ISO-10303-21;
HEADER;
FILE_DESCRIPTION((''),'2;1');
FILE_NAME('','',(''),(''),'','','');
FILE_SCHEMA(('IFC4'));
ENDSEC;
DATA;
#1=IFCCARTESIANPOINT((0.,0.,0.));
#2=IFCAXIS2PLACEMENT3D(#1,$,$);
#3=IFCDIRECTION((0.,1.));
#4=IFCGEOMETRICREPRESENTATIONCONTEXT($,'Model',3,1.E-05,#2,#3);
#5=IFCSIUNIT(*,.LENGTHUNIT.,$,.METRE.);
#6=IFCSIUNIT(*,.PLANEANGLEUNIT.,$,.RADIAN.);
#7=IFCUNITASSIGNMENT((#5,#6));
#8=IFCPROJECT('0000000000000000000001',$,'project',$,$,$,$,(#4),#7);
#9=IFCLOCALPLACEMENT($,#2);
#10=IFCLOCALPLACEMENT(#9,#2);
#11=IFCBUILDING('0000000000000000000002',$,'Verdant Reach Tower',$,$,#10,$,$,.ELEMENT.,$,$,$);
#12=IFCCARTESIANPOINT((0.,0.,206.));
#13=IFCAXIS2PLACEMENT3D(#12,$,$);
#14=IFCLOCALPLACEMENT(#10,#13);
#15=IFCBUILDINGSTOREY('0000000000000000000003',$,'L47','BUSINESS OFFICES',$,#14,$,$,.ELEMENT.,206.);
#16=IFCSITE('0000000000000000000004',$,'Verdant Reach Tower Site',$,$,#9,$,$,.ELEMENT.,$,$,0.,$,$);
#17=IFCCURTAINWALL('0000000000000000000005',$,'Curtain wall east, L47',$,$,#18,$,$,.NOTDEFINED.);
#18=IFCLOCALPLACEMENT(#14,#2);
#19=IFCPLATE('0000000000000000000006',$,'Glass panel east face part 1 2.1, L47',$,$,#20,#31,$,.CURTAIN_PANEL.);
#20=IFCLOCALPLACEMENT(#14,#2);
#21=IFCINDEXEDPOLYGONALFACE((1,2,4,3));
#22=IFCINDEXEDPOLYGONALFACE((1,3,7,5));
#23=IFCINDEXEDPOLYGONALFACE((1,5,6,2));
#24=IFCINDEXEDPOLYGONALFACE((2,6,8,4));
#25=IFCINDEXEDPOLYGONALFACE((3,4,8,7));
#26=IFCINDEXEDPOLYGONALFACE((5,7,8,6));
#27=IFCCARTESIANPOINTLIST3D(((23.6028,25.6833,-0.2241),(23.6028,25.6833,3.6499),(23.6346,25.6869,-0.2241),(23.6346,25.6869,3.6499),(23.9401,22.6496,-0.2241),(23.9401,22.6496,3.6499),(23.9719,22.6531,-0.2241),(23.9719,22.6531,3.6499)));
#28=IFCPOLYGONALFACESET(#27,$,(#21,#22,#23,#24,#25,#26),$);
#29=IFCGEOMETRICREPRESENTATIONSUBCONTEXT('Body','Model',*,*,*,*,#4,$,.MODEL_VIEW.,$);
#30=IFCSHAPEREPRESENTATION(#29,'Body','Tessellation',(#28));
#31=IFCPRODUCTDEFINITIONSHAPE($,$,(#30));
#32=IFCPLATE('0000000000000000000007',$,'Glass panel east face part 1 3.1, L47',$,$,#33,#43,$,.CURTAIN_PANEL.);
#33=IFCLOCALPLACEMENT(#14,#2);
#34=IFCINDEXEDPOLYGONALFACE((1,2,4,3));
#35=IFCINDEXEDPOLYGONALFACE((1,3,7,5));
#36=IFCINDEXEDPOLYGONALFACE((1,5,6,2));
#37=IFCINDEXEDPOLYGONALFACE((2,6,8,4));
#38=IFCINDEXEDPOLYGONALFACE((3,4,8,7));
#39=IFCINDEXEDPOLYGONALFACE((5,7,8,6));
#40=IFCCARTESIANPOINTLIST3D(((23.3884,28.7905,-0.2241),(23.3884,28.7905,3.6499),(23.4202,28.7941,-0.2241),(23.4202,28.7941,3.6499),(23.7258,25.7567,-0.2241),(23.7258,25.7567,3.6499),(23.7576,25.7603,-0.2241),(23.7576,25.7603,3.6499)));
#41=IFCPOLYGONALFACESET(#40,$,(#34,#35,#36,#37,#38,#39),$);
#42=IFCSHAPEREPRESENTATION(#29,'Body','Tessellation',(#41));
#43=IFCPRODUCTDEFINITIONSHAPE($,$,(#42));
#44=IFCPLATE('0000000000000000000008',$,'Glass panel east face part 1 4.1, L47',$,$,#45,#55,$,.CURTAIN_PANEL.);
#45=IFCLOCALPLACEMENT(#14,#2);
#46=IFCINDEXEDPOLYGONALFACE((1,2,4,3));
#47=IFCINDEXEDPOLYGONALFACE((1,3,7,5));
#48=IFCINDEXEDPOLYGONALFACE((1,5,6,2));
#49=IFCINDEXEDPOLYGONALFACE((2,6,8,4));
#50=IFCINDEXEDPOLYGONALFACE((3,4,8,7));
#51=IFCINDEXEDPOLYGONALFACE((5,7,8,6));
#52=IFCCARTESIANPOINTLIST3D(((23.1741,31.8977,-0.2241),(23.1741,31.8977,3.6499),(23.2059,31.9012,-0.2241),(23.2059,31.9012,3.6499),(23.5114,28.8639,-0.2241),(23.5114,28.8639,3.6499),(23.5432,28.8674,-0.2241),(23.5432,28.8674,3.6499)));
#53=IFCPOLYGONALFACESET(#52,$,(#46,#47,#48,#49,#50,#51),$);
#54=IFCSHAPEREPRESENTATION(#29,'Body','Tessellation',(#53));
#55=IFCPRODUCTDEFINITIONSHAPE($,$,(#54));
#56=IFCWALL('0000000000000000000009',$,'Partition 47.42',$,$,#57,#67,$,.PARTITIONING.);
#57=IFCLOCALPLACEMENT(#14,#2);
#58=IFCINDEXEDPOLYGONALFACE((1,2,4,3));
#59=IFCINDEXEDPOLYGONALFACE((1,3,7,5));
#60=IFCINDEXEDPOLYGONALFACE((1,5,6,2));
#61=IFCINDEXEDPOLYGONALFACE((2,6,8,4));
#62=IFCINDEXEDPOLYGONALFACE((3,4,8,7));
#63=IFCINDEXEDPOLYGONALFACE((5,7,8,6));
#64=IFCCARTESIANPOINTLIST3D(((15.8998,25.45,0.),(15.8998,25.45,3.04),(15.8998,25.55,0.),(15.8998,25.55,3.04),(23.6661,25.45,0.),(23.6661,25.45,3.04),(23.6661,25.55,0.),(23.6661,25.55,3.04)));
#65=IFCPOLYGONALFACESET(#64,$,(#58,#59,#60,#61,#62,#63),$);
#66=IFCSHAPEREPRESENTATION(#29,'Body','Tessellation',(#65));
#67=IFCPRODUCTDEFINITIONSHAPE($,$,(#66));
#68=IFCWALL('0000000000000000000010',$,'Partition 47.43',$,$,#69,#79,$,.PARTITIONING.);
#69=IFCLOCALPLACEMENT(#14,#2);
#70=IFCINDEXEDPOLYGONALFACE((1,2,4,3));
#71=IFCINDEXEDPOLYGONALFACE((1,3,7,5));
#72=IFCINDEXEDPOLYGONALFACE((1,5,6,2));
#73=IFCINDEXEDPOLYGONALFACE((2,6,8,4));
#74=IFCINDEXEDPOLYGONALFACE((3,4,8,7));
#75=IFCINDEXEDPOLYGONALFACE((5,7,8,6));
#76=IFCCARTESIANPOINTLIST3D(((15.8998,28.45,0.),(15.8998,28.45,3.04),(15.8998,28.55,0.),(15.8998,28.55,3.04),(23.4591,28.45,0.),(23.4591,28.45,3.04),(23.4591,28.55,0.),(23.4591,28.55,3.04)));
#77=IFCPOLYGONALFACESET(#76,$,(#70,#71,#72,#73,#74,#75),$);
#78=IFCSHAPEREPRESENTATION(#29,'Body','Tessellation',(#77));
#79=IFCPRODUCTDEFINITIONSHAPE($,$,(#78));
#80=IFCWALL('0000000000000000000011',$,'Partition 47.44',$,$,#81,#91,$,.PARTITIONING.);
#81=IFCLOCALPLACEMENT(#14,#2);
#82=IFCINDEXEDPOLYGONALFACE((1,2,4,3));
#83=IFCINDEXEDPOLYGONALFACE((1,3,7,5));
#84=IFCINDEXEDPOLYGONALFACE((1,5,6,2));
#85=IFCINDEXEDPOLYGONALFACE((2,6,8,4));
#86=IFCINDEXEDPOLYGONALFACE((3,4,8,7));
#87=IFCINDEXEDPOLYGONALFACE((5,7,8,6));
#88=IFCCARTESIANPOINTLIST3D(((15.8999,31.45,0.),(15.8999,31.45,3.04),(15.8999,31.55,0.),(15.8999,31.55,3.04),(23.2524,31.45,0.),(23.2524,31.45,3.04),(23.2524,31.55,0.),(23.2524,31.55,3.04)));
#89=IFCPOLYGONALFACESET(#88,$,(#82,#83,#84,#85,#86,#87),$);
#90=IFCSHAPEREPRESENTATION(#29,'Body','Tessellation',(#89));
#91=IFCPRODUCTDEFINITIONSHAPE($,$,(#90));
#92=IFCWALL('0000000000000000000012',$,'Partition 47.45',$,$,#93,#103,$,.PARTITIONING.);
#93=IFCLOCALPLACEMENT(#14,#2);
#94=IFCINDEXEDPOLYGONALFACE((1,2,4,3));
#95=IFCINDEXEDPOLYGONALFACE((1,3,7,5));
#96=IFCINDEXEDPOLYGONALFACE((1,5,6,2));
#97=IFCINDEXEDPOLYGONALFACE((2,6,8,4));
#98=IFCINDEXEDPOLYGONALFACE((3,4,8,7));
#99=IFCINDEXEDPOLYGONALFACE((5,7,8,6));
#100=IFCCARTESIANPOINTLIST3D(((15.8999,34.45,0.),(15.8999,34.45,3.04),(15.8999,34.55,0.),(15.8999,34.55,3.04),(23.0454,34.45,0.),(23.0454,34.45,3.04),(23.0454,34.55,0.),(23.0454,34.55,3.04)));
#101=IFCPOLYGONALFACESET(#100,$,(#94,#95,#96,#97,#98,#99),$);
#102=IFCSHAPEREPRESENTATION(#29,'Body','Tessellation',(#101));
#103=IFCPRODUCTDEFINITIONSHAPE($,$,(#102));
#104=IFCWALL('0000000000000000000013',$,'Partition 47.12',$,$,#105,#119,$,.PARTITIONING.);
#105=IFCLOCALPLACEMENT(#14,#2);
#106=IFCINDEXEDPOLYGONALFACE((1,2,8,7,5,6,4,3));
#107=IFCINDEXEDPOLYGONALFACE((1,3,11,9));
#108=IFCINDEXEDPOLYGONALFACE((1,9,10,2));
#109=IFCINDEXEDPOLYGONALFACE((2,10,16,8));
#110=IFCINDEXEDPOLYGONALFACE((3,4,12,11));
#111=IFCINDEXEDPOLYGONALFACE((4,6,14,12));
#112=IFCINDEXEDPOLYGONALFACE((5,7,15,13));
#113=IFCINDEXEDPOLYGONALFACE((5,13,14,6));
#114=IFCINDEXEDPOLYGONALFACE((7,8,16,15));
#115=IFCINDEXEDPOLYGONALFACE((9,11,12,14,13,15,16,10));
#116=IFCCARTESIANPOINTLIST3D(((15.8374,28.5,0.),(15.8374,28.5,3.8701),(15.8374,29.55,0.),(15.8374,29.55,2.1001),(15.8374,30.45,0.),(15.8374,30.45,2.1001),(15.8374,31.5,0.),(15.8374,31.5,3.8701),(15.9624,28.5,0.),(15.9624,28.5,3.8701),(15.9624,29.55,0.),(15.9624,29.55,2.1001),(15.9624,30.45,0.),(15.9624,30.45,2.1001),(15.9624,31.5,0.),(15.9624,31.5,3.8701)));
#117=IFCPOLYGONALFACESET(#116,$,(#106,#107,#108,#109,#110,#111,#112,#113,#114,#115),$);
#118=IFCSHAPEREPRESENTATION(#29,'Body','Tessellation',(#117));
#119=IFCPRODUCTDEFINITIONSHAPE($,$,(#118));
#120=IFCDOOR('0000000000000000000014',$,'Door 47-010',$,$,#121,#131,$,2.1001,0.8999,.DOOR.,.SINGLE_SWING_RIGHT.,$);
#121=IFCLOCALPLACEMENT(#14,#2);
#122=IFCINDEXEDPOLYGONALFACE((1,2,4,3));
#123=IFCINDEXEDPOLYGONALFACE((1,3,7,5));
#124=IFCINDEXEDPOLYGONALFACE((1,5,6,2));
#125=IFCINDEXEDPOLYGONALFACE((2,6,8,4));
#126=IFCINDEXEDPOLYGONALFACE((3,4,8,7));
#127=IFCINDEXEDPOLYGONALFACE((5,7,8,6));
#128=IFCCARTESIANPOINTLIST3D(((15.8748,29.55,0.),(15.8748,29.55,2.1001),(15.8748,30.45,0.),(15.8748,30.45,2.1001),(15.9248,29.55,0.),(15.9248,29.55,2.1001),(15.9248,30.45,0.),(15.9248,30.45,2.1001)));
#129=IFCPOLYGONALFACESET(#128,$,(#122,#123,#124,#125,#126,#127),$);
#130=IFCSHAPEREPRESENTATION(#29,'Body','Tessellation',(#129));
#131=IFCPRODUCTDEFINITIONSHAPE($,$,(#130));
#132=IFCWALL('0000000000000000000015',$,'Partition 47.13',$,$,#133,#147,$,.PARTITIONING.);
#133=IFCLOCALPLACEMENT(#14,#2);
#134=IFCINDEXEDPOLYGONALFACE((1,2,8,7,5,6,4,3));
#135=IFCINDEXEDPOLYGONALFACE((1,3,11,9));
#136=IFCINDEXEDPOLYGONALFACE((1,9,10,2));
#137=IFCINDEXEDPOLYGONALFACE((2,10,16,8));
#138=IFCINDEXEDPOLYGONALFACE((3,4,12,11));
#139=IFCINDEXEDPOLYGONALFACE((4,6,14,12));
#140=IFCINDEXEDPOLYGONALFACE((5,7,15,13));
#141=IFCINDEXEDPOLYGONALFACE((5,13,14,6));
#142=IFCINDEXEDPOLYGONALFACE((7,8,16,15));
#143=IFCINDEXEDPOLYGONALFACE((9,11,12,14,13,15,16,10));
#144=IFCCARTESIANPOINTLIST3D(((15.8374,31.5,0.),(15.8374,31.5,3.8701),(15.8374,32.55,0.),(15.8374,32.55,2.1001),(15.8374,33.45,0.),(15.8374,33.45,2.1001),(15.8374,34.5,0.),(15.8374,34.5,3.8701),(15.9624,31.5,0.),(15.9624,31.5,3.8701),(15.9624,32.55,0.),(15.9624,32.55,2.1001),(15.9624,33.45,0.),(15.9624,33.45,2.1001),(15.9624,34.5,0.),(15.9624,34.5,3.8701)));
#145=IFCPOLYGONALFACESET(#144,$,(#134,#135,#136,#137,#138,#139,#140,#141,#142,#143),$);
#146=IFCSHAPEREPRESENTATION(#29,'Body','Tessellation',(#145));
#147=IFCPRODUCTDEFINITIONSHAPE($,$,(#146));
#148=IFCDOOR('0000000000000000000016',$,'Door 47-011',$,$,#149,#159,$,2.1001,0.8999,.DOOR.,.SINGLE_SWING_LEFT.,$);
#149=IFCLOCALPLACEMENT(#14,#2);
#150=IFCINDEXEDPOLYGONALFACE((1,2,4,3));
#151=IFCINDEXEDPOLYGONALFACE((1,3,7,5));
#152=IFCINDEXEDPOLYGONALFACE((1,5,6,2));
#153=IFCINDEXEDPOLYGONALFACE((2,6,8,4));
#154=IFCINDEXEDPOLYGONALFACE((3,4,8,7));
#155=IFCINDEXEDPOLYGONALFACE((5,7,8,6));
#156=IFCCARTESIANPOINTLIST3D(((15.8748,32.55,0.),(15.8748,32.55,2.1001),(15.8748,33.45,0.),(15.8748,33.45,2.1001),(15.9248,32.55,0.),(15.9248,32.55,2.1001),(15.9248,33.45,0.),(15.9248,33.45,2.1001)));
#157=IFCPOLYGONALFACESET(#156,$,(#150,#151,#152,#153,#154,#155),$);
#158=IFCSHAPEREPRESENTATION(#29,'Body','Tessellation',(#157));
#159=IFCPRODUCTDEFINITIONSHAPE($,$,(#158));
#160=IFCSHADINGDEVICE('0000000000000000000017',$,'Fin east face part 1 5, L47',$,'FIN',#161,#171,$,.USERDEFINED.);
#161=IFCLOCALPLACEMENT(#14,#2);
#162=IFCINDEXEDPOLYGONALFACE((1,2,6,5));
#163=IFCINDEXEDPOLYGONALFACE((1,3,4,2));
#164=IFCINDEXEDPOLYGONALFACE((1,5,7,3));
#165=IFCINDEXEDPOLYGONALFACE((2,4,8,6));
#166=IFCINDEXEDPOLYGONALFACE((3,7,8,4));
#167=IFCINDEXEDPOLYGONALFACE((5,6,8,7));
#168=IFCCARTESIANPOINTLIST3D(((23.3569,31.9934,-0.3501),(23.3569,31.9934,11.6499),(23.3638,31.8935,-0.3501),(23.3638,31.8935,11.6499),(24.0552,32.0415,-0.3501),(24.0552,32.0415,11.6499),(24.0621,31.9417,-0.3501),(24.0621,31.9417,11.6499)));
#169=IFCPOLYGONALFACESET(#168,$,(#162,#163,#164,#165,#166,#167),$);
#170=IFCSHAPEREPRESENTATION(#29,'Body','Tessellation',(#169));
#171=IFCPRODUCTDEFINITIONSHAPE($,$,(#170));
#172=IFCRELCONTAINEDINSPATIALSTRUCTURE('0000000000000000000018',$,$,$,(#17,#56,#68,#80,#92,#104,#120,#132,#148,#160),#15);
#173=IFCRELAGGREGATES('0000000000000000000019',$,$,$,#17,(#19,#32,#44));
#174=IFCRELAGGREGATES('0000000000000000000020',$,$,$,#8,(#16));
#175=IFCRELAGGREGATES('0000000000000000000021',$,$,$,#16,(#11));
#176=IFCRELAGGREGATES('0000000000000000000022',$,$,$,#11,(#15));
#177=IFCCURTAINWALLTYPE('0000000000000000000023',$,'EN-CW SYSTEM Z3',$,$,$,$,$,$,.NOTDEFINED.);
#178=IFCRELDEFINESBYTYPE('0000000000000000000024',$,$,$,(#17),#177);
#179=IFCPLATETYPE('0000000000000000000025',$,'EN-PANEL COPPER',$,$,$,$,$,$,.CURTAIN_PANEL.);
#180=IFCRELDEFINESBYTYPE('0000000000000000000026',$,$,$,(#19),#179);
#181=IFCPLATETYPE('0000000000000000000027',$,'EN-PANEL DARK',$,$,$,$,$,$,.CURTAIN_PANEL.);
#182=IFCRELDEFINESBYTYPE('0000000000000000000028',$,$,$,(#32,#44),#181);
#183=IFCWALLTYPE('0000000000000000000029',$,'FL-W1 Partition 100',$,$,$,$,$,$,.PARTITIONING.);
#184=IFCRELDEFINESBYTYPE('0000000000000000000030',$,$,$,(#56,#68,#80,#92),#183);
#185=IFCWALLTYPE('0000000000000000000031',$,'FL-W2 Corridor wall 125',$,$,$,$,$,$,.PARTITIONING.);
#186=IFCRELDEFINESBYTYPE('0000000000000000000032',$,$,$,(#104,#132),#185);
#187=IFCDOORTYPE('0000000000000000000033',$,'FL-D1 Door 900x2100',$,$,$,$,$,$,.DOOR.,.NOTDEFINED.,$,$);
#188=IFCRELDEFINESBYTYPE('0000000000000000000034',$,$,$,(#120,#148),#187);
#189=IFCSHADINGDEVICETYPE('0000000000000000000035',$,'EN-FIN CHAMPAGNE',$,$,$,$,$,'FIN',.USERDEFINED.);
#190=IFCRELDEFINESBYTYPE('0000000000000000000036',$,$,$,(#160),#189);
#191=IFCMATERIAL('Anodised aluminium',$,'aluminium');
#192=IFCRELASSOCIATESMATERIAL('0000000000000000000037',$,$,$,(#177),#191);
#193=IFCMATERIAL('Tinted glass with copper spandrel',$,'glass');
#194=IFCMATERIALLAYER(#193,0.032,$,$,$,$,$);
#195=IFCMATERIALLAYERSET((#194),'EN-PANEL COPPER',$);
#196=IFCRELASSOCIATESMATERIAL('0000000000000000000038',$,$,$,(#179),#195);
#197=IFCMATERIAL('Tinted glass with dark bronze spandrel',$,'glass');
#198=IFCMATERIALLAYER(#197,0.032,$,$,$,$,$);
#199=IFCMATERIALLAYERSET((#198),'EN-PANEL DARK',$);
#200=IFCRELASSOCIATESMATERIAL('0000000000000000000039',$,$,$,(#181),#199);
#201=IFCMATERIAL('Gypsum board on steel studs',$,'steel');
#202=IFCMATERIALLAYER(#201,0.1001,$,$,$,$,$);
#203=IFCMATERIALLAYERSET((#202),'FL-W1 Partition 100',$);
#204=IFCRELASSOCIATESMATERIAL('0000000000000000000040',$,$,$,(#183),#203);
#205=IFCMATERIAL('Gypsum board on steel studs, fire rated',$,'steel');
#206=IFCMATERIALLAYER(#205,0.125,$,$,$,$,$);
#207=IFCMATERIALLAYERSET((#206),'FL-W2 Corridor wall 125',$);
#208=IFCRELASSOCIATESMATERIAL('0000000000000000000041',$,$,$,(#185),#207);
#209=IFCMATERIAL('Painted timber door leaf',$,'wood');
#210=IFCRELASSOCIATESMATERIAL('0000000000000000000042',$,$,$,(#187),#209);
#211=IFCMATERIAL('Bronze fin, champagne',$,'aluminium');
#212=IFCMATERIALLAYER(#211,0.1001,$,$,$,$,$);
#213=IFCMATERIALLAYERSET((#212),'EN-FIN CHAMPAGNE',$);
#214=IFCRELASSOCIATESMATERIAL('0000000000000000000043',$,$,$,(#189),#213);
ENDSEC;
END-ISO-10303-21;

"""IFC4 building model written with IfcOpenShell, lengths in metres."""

from ifc_helpers import new_model, si_unit, direction, frame, frame_2d, origin, origin_2d, place, context, subcontext, project, spatial, rectangle, extrude, material, layer, layer_set, type_object, element, fill, aggregate, save


model = new_model("IFC4")

# Units and contexts
model_context = context("Model", 3, precision=1e-05, world=origin(), true_north=direction((0.0, 1.0)))
body_context = subcontext(model_context, "Body", "Model", "MODEL_VIEW")
ifc_project = project(units=[si_unit("LENGTHUNIT", "METRE"), si_unit("PLANEANGLEUNIT", "RADIAN")], contexts=[model_context])

# Site, building, storey
site_placement = place(None, origin())
site = spatial("IfcSite", under=ifc_project, at=site_placement, Name="Verdant Reach Tower Site", CompositionType="ELEMENT", RefElevation=0.0)
building_placement = place(site_placement, origin())
building = spatial("IfcBuilding", under=site, at=building_placement, Name="Verdant Reach Tower", CompositionType="ELEMENT")
storey_placement = place(building_placement, frame((0.0, 0.0, 206.0)))
storey = spatial("IfcBuildingStorey", under=building, at=storey_placement, Name="L47", Description="BUSINESS OFFICES", CompositionType="ELEMENT", Elevation=206.0)

# Curtain wall
ifc_material_1 = material(Name="Anodised aluminium", Category="aluminium")
curtain_wall_type = type_object("IfcCurtainWallType", Name="EN-CW SYSTEM Z3", PredefinedType="NOTDEFINED", material=ifc_material_1)
curtain_wall_placement = place(storey_placement, origin())
curtain_wall = element("IfcCurtainWall", 1, at=curtain_wall_placement, inside=storey, type_object=curtain_wall_type, Name="Curtain wall east, L47", PredefinedType="NOTDEFINED")

# Plates
ifc_material_2 = material(Name="Tinted glass with copper spandrel", Category="glass")
ifc_layer_1 = layer(ifc_material_2, 0.032)
ifc_layer_set_1 = layer_set([ifc_layer_1], Name="EN-PANEL COPPER")
plate_type_1 = type_object("IfcPlateType", Name="EN-PANEL COPPER", PredefinedType="CURTAIN_PANEL", material=ifc_layer_set_1)
plate_1_placement = place(storey_placement, frame((23.7874, 24.1682, -0.2241), z_axis=(0.0, 0.0, 1.0), x_axis=(-0.110518, 0.993874, 0.0)))
plate_1 = element("IfcPlate", 2, at=plate_1_placement, type_object=plate_type_1, Name="Glass panel east face part 1 2.1, L47", PredefinedType="CURTAIN_PANEL", context=body_context, shape_type="SweptSolid", body=[
    extrude(rectangle(XDim=3.0525, YDim=0.032, at=origin_2d()), origin(), (0.0, 0.0, 1.0), 3.874),
])
ifc_material_3 = material(Name="Tinted glass with dark bronze spandrel", Category="glass")
ifc_layer_2 = layer(ifc_material_3, 0.032)
ifc_layer_set_2 = layer_set([ifc_layer_2], Name="EN-PANEL DARK")
plate_type_2 = type_object("IfcPlateType", Name="EN-PANEL DARK", PredefinedType="CURTAIN_PANEL", material=ifc_layer_set_2)
plate_2_placement = place(storey_placement, frame((23.573, 27.2754, -0.2241), z_axis=(0.0, 0.0, 1.0), x_axis=(-0.110518, 0.993874, 0.0)))
plate_2 = element("IfcPlate", 3, at=plate_2_placement, type_object=plate_type_2, Name="Glass panel east face part 1 3.1, L47", PredefinedType="CURTAIN_PANEL", context=body_context, shape_type="SweptSolid", body=[
    extrude(rectangle(XDim=3.0525, YDim=0.032, at=origin_2d()), origin(), (0.0, 0.0, 1.0), 3.874),
])
plate_3_placement = place(storey_placement, frame((23.3586, 30.3826, -0.2241), z_axis=(0.0, 0.0, 1.0), x_axis=(-0.110518, 0.993874, 0.0)))
plate_3 = element("IfcPlate", 4, at=plate_3_placement, type_object=plate_type_2, Name="Glass panel east face part 1 4.1, L47", PredefinedType="CURTAIN_PANEL", context=body_context, shape_type="SweptSolid", body=[
    extrude(rectangle(XDim=3.0525, YDim=0.032, at=origin_2d()), origin(), (0.0, 0.0, 1.0), 3.874),
])
aggregate(curtain_wall, [plate_1, plate_2, plate_3])

# Walls
ifc_material_4 = material(Name="Gypsum board on steel studs", Category="steel")
ifc_layer_3 = layer(ifc_material_4, 0.1001)
ifc_layer_set_3 = layer_set([ifc_layer_3], Name="FL-W1 Partition 100")
wall_type_1 = type_object("IfcWallType", Name="FL-W1 Partition 100", PredefinedType="PARTITIONING", material=ifc_layer_set_3)
wall_1_placement = place(storey_placement, frame((23.6663, 25.5, 0.0), z_axis=(0.0, 0.0, 1.0), x_axis=(-1.0, 0.0, 0.0)))
element("IfcWall", 5, at=wall_1_placement, inside=storey, type_object=wall_type_1, Name="Partition 47.42", PredefinedType="PARTITIONING", context=body_context, shape_type="SweptSolid", body=[
    extrude(rectangle(XDim=7.7664, YDim=0.1001, at=frame_2d((3.8833, 0.0))), origin(), (0.0, 0.0, 1.0), 3.04),
])
wall_2_placement = place(storey_placement, frame((23.4592, 28.5, 0.0), z_axis=(0.0, 0.0, 1.0), x_axis=(-1.0, 0.0, 0.0)))
element("IfcWall", 6, at=wall_2_placement, inside=storey, type_object=wall_type_1, Name="Partition 47.43", PredefinedType="PARTITIONING", context=body_context, shape_type="SweptSolid", body=[
    extrude(rectangle(XDim=7.5593, YDim=0.1001, at=frame_2d((3.7798, 0.0))), origin(), (0.0, 0.0, 1.0), 3.04),
])
wall_3_placement = place(storey_placement, frame((23.2524, 31.5, 0.0), z_axis=(0.0, 0.0, 1.0), x_axis=(-1.0, 0.0, 0.0)))
element("IfcWall", 7, at=wall_3_placement, inside=storey, type_object=wall_type_1, Name="Partition 47.44", PredefinedType="PARTITIONING", context=body_context, shape_type="SweptSolid", body=[
    extrude(rectangle(XDim=7.3525, YDim=0.1001, at=frame_2d((3.6763, 0.0))), origin(), (0.0, 0.0, 1.0), 3.04),
])
wall_4_placement = place(storey_placement, frame((23.0454, 34.5, 0.0), z_axis=(0.0, 0.0, 1.0), x_axis=(-1.0, 0.0, 0.0)))
element("IfcWall", 8, at=wall_4_placement, inside=storey, type_object=wall_type_1, Name="Partition 47.45", PredefinedType="PARTITIONING", context=body_context, shape_type="SweptSolid", body=[
    extrude(rectangle(XDim=7.1455, YDim=0.1001, at=frame_2d((3.5728, 0.0))), origin(), (0.0, 0.0, 1.0), 3.04),
])

# Walls, openings, doors
ifc_material_5 = material(Name="Gypsum board on steel studs, fire rated", Category="steel")
ifc_layer_4 = layer(ifc_material_5, 0.125)
ifc_layer_set_4 = layer_set([ifc_layer_4], Name="FL-W2 Corridor wall 125")
wall_type_2 = type_object("IfcWallType", Name="FL-W2 Corridor wall 125", PredefinedType="PARTITIONING", material=ifc_layer_set_4)
wall_5_placement = place(storey_placement, frame((15.8999, 31.5, 0.0), z_axis=(0.0, 0.0, 1.0), x_axis=(0.0, -1.0, 0.0)))
wall_5 = element("IfcWall", 9, at=wall_5_placement, inside=storey, type_object=wall_type_2, Name="Partition 47.12", PredefinedType="PARTITIONING", context=body_context, shape_type="SweptSolid", body=[
    extrude(rectangle(XDim=3.0, YDim=0.125, at=frame_2d((1.5, 0.0))), origin(), (0.0, 0.0, 1.0), 3.8701),
])
opening_1_placement = place(wall_5_placement, frame((1.05, 0.0, 0.0)))
opening_1 = element("IfcOpeningElement", 10, at=opening_1_placement, cuts=wall_5, PredefinedType="OPENING", context=body_context, shape_type="SweptSolid", body=[
    extrude(rectangle(XDim=0.8999, YDim=2.1001, at=frame_2d((0.45, 1.05))), frame((0.0, 0.0725, 0.0), z_axis=(0.0, -1.0, 0.0), x_axis=(1.0, 0.0, 0.0)), (0.0, 0.0, 1.0), 0.145),
])
ifc_material_6 = material(Name="Painted timber door leaf", Category="wood")
door_type = type_object("IfcDoorType", Name="FL-D1 Door 900x2100", OperationType="NOTDEFINED", PredefinedType="DOOR", material=ifc_material_6)
door_1_placement = place(opening_1_placement, origin())
door_1 = element("IfcDoor", 11, at=door_1_placement, inside=storey, type_object=door_type, Name="Door 47-010", OperationType="SINGLE_SWING_RIGHT", OverallHeight=2.1001, OverallWidth=0.8999, PredefinedType="DOOR", context=body_context, shape_type="SweptSolid", body=[
    extrude(rectangle(XDim=0.8999, YDim=2.1001, at=frame_2d((0.45, 1.05))), frame((0.0, 0.0249, 0.0), z_axis=(0.0, -1.0, 0.0), x_axis=(1.0, 0.0, 0.0)), (0.0, 0.0, 1.0), 0.05),
])
fill(opening_1, door_1)
wall_6_placement = place(storey_placement, frame((15.8999, 34.5, 0.0), z_axis=(0.0, 0.0, 1.0), x_axis=(0.0, -1.0, 0.0)))
wall_6 = element("IfcWall", 12, at=wall_6_placement, inside=storey, type_object=wall_type_2, Name="Partition 47.13", PredefinedType="PARTITIONING", context=body_context, shape_type="SweptSolid", body=[
    extrude(rectangle(XDim=3.0, YDim=0.125, at=frame_2d((1.5, 0.0))), origin(), (0.0, 0.0, 1.0), 3.8701),
])
opening_2_placement = place(wall_6_placement, frame((1.05, 0.0, 0.0)))
opening_2 = element("IfcOpeningElement", 13, at=opening_2_placement, cuts=wall_6, PredefinedType="OPENING", context=body_context, shape_type="SweptSolid", body=[
    extrude(rectangle(XDim=0.8999, YDim=2.1001, at=frame_2d((0.45, 1.05))), frame((0.0, 0.0725, 0.0), z_axis=(0.0, -1.0, 0.0), x_axis=(1.0, 0.0, 0.0)), (0.0, 0.0, 1.0), 0.145),
])
door_2_placement = place(opening_2_placement, origin())
door_2 = element("IfcDoor", 14, at=door_2_placement, inside=storey, type_object=door_type, Name="Door 47-011", OperationType="SINGLE_SWING_LEFT", OverallHeight=2.1001, OverallWidth=0.8999, PredefinedType="DOOR", context=body_context, shape_type="SweptSolid", body=[
    extrude(rectangle(XDim=0.8999, YDim=2.1001, at=frame_2d((0.45, 1.05))), frame((0.0, 0.0249, 0.0), z_axis=(0.0, -1.0, 0.0), x_axis=(1.0, 0.0, 0.0)), (0.0, 0.0, 1.0), 0.05),
])
fill(opening_2, door_2)

# Shading device
ifc_material_7 = material(Name="Bronze fin, champagne", Category="aluminium")
ifc_layer_5 = layer(ifc_material_7, 0.1001)
ifc_layer_set_5 = layer_set([ifc_layer_5], Name="EN-FIN CHAMPAGNE")
shading_device_type_1 = type_object("IfcShadingDeviceType", Name="EN-FIN CHAMPAGNE", ElementType="FIN", PredefinedType="USERDEFINED", material=ifc_layer_set_5)
shading_device_1_placement = place(storey_placement, frame((23.7095, 31.9675, -0.3501), z_axis=(0.0, 0.0, 1.0), x_axis=(-0.068802, 0.99763, 0.0)))
element("IfcShadingDevice", 15, at=shading_device_1_placement, inside=storey, type_object=shading_device_type_1, Name="Fin east face part 1 5, L47", ObjectType="FIN", PredefinedType="USERDEFINED", context=body_context, shape_type="SweptSolid", body=[
    extrude(rectangle(XDim=0.1001, YDim=0.7, at=origin_2d()), origin(), (0.0, 0.0, 1.0), 12.0),
])

save(model, "model.ifc")
